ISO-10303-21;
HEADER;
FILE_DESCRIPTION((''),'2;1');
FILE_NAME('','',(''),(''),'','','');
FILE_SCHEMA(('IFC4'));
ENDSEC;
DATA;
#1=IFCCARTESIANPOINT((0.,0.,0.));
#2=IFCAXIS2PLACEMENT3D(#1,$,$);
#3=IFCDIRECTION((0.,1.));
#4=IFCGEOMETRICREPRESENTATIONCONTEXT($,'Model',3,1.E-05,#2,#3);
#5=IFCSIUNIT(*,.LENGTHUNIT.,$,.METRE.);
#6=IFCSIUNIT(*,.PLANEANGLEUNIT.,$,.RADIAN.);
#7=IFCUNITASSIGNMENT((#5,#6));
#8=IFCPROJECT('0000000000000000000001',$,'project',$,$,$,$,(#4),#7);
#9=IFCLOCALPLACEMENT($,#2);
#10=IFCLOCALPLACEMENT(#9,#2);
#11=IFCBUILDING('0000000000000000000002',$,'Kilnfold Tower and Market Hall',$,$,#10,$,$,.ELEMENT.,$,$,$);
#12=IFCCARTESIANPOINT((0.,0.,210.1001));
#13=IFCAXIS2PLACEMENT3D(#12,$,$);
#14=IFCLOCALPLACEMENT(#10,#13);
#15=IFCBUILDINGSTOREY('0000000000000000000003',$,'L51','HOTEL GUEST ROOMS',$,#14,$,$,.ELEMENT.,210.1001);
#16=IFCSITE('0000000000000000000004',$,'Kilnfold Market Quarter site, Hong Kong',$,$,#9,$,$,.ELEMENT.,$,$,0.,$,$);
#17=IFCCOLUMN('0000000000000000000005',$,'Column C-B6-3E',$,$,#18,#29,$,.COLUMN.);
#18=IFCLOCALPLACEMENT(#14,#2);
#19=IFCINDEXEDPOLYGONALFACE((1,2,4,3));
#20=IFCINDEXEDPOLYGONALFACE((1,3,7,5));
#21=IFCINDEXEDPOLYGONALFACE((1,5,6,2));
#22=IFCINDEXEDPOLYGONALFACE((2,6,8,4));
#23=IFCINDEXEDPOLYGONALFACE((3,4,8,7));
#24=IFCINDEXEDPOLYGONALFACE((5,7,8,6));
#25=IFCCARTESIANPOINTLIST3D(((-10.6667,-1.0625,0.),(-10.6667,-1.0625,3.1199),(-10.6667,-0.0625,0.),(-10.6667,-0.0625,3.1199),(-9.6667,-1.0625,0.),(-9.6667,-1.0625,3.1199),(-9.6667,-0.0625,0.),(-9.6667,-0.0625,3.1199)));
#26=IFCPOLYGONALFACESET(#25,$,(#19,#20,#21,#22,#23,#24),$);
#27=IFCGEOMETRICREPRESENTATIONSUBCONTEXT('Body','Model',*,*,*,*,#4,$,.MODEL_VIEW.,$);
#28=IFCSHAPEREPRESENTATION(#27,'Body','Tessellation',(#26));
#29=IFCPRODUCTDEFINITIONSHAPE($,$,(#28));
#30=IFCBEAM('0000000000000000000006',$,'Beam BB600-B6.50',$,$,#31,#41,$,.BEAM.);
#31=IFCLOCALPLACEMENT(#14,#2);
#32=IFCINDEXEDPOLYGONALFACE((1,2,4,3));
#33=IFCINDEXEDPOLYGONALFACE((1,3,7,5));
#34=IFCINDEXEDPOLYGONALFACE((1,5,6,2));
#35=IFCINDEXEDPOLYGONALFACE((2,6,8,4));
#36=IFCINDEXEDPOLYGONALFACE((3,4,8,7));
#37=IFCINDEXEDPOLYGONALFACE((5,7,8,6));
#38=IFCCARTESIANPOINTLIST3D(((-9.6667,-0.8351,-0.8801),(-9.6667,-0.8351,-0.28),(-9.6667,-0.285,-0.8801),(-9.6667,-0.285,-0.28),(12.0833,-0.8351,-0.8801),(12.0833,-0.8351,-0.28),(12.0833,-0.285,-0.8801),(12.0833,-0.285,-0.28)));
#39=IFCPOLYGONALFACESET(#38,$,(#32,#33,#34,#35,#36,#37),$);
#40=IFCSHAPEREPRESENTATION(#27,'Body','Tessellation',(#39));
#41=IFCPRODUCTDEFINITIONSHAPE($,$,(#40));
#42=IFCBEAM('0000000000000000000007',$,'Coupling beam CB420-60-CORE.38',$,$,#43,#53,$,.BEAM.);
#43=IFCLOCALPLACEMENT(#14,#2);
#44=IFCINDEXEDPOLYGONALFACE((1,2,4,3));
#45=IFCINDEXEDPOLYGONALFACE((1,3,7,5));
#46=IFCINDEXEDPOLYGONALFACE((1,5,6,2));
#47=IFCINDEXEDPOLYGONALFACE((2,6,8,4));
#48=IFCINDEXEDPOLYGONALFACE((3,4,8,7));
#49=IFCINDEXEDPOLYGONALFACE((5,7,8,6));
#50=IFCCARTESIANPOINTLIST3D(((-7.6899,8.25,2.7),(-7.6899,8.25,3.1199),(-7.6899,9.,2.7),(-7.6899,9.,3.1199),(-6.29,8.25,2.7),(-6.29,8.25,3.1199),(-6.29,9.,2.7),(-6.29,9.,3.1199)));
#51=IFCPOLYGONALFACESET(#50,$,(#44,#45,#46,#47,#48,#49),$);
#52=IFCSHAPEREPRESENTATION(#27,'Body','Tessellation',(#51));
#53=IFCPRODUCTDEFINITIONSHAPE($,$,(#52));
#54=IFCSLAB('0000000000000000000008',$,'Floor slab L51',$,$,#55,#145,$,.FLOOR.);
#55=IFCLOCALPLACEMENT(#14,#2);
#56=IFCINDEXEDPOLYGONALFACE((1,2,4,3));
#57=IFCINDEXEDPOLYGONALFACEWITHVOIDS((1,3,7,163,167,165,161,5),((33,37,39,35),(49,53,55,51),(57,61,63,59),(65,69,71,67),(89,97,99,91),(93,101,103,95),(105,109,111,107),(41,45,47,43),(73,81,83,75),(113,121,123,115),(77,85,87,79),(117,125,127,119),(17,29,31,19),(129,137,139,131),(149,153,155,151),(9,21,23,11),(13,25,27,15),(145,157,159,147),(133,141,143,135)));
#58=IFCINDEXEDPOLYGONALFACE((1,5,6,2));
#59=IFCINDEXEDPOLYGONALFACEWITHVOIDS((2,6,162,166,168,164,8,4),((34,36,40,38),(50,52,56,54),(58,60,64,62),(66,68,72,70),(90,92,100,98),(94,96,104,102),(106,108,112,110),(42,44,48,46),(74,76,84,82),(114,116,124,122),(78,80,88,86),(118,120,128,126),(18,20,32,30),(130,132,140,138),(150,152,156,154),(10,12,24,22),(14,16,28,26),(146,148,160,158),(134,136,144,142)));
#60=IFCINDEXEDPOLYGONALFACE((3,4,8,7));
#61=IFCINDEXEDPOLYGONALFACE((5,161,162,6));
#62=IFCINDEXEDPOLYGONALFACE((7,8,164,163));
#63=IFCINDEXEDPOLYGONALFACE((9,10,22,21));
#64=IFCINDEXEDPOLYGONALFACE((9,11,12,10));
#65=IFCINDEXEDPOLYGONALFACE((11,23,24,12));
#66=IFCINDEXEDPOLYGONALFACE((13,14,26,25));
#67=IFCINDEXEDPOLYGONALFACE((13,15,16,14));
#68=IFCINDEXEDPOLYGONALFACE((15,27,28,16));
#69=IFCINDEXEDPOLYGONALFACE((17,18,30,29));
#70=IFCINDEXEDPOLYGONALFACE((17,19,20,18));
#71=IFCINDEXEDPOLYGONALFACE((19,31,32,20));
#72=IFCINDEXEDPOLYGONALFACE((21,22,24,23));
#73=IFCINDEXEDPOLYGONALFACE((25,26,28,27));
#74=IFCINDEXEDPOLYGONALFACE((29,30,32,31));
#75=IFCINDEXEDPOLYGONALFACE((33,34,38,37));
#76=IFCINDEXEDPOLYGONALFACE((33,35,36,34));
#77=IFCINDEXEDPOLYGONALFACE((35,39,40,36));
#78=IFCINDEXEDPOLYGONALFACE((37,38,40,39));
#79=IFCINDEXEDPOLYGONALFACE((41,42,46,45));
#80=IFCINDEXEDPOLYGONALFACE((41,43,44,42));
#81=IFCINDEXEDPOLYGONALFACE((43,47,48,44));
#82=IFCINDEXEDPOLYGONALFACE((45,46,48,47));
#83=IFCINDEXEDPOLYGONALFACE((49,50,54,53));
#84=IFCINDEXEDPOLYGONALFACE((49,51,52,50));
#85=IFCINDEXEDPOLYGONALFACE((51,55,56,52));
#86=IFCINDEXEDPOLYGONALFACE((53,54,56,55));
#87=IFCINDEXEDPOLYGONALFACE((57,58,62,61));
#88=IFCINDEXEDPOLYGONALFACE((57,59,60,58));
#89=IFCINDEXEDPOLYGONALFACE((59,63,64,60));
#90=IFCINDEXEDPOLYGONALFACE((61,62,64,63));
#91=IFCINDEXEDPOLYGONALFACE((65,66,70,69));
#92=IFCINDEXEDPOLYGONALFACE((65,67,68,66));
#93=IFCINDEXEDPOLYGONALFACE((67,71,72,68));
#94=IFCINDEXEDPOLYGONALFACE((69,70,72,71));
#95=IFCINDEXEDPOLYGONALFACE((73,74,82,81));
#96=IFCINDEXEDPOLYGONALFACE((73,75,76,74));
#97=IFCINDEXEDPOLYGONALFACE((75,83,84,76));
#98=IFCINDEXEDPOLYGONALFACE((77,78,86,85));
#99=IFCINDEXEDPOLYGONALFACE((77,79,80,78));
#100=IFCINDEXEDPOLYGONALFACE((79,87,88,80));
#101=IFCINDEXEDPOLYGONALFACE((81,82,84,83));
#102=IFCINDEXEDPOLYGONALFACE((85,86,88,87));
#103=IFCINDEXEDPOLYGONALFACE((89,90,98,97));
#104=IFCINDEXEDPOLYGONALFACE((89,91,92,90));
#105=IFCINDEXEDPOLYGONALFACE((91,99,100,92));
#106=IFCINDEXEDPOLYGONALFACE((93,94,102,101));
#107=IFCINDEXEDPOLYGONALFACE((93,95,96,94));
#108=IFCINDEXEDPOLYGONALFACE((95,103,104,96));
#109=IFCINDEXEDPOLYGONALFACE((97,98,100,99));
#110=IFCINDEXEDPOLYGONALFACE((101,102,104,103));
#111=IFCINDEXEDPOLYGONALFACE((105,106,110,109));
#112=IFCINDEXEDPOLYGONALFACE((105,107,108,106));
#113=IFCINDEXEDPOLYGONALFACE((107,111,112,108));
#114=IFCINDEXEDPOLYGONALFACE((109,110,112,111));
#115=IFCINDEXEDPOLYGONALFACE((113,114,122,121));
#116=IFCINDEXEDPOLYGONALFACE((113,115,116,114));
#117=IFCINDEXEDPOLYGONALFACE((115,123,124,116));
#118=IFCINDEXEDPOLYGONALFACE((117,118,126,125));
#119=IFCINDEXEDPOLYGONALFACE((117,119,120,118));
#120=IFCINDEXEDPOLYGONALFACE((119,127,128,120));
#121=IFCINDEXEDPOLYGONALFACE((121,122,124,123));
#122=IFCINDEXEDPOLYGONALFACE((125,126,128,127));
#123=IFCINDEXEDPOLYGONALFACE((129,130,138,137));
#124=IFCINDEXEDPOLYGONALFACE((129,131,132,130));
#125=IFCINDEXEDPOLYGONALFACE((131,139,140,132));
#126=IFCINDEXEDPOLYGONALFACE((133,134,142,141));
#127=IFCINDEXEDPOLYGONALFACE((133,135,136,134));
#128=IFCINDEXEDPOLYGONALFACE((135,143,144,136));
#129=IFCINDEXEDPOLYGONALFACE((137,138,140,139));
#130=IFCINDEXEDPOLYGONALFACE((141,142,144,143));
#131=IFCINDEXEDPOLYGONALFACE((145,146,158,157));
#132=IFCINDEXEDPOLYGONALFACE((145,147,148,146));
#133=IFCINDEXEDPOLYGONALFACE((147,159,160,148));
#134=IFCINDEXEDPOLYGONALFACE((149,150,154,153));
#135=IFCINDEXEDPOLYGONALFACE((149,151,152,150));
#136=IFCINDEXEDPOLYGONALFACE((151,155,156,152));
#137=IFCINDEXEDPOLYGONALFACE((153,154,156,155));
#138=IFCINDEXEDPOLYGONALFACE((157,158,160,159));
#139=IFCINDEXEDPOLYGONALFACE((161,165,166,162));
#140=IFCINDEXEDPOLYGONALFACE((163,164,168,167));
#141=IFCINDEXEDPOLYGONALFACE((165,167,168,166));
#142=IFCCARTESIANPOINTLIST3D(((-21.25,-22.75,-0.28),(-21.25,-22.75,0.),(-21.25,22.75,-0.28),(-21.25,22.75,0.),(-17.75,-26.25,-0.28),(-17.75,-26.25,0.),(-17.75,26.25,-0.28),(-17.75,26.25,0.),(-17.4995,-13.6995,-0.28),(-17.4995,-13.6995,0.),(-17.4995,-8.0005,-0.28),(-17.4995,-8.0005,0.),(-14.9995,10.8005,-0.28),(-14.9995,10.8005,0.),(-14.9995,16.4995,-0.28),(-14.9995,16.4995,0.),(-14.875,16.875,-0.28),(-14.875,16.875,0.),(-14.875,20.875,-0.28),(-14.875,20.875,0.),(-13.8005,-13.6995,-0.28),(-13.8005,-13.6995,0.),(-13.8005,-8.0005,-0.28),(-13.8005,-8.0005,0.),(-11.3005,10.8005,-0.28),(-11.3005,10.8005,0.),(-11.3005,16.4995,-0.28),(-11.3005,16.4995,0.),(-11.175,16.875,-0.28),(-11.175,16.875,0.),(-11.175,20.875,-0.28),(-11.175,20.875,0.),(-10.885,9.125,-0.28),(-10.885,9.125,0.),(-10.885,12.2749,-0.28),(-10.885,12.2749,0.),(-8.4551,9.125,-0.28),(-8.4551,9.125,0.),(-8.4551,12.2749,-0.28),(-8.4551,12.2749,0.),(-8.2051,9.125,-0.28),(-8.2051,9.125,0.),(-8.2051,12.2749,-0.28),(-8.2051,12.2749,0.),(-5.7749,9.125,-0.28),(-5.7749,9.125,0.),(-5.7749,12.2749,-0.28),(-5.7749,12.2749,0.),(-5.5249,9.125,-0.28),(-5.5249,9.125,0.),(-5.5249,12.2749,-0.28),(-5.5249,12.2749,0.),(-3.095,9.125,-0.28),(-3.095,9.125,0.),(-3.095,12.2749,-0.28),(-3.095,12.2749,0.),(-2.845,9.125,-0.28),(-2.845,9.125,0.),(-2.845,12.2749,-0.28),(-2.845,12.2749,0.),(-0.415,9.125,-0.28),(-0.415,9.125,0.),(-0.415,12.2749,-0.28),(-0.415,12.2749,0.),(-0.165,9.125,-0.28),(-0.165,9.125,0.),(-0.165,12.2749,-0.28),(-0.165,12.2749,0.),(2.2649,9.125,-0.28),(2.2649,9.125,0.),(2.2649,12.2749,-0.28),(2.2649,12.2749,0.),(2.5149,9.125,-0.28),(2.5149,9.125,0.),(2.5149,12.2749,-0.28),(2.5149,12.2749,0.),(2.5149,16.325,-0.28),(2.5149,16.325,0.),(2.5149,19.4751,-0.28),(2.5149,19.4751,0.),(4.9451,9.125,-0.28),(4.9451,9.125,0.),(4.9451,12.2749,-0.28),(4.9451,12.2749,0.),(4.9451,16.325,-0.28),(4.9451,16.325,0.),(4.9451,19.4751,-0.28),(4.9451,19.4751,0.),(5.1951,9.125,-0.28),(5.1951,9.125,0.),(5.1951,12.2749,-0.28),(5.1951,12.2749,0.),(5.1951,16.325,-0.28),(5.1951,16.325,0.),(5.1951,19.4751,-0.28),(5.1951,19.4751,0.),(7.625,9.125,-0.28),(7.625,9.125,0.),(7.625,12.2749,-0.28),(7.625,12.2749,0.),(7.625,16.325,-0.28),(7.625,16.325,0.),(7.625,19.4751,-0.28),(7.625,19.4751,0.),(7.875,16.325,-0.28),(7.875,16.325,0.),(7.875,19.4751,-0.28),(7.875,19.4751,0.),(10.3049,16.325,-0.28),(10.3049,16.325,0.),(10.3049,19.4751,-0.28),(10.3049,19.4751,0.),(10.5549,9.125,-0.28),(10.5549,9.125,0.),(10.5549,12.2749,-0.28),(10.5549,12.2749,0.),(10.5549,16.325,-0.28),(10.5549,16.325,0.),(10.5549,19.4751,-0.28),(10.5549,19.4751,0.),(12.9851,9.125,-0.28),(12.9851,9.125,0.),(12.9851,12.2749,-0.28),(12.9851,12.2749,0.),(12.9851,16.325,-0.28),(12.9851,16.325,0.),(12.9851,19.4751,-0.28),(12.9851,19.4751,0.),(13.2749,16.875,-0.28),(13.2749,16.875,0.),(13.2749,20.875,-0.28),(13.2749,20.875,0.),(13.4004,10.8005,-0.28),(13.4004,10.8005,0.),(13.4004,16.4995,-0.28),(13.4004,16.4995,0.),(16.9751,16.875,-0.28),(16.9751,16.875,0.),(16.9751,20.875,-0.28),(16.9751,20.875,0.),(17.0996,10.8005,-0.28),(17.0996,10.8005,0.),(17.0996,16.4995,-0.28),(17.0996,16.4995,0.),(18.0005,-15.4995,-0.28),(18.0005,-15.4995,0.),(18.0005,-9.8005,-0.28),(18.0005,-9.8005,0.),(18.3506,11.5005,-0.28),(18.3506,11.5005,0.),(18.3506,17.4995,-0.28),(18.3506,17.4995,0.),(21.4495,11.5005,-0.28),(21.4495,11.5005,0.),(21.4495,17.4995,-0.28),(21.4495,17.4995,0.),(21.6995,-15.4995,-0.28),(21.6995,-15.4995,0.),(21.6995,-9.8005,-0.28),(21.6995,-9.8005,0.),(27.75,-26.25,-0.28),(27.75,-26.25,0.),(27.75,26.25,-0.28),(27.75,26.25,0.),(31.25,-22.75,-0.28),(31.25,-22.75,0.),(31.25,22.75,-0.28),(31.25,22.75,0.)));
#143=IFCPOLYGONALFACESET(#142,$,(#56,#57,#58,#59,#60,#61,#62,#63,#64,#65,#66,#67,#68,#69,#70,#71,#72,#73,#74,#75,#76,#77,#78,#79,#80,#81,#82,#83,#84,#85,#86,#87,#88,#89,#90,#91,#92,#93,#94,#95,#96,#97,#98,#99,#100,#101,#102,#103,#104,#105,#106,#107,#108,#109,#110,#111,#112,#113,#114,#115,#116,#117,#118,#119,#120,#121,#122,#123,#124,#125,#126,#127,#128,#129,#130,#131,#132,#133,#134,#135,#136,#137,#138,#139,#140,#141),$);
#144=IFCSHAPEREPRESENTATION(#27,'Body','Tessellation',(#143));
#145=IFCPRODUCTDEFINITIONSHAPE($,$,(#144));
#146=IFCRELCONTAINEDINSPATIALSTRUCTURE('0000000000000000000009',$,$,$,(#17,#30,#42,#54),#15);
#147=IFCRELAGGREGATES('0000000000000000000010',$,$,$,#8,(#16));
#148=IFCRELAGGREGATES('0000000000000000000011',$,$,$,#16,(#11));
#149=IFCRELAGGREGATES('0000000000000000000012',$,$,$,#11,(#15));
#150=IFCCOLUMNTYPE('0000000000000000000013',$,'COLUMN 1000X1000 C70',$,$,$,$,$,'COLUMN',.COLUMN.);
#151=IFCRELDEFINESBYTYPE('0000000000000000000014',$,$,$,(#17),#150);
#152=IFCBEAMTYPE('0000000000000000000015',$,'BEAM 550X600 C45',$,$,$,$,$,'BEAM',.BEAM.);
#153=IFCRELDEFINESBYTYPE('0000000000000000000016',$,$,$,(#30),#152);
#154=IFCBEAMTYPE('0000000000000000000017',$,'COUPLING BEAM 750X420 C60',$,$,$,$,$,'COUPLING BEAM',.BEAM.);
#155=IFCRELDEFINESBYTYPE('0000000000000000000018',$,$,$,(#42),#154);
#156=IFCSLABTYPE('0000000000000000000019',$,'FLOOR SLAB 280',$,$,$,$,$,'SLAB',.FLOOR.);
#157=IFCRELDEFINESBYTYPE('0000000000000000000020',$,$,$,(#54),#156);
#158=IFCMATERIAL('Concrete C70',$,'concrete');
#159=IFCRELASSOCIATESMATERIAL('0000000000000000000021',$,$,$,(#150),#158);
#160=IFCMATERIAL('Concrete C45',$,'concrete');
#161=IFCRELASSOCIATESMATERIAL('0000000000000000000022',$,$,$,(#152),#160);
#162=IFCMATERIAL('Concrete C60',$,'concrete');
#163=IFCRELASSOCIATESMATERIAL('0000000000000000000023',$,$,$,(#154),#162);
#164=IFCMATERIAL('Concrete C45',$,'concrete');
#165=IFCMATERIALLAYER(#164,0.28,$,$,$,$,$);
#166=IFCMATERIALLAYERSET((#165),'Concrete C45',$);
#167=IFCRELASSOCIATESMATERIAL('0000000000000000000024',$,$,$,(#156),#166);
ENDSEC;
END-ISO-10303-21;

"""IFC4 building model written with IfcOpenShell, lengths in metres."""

from ifc_helpers import new_model, si_unit, direction, frame, origin, origin_2d, place, context, subcontext, project, spatial, polyline, rectangle, outline, extrude, source, transform, mapped, material, layer, layer_set, material_profile, profile_set, type_object, element, save


model = new_model("IFC4")

# Units and contexts
model_context = context("Model", 3, precision=1e-05, world=origin(), true_north=direction((0.0, 1.0)))
body_context = subcontext(model_context, "Body", "Model", "MODEL_VIEW")
ifc_project = project(units=[si_unit("LENGTHUNIT", "METRE"), si_unit("PLANEANGLEUNIT", "RADIAN")], contexts=[model_context])

# Site, building, storey
site_placement = place(None, origin())
site = spatial("IfcSite", under=ifc_project, at=site_placement, Name="Kilnfold Market Quarter site, Hong Kong", CompositionType="ELEMENT", RefElevation=0.0)
building_placement = place(site_placement, origin())
building = spatial("IfcBuilding", under=site, at=building_placement, Name="Kilnfold Tower and Market Hall", CompositionType="ELEMENT")
storey_placement = place(building_placement, frame((0.0, 0.0, 210.1001)))
storey = spatial("IfcBuildingStorey", under=building, at=storey_placement, Name="L51", Description="HOTEL GUEST ROOMS", CompositionType="ELEMENT", Elevation=210.1001)

# Column
ifc_material_1 = material(Name="Concrete C70", Category="concrete")
ifc_material_profile_1 = material_profile(ifc_material_1, rectangle(XDim=1.0, YDim=1.0, at=origin_2d()), Name="RC 1000x1000")
ifc_profile_set_1 = profile_set([ifc_material_profile_1], Name="Concrete C70")
column_type = type_object("IfcColumnType", Name="COLUMN 1000X1000 C70", ElementType="COLUMN", PredefinedType="COLUMN", material=ifc_profile_set_1)
shared_shape_1 = source(origin(), body_context, "Body", "SweptSolid", [
    extrude(rectangle(XDim=1.0, YDim=1.0, at=origin_2d()), origin(), (0.0, 0.0, 1.0), 3.1199),
])
column_placement = place(storey_placement, frame((-10.1667, -0.5625, 0.0), z_axis=(0.0, 0.0, 1.0), x_axis=(1.0, 0.0, 0.0)))
element("IfcColumn", 1, at=column_placement, inside=storey, type_object=column_type, Name="Column C-B6-3E", PredefinedType="COLUMN", context=body_context, shape_type="MappedRepresentation", body=[
    mapped(shared_shape_1, transform((0.0, 0.0, 0.0))),
])

# Beams
ifc_material_2 = material(Name="Concrete C45", Category="concrete")
ifc_material_profile_2 = material_profile(ifc_material_2, rectangle(XDim=0.55, YDim=0.6001, at=origin_2d()), Name="RC 550x600")
ifc_profile_set_2 = profile_set([ifc_material_profile_2], Name="Concrete C45")
beam_type_1 = type_object("IfcBeamType", Name="BEAM 550X600 C45", ElementType="BEAM", PredefinedType="BEAM", material=ifc_profile_set_2)
shared_shape_2 = source(origin(), body_context, "Body", "SweptSolid", [
    extrude(rectangle(XDim=0.55, YDim=0.6001, at=origin_2d()), origin(), (0.0, 0.0, 1.0), 21.75),
])
beam_1_placement = place(storey_placement, frame((-9.6667, -0.5601, -0.5801), z_axis=(1.0, 0.0, 0.0), x_axis=(0.0, 1.0, 0.0)))
element("IfcBeam", 2, at=beam_1_placement, inside=storey, type_object=beam_type_1, Name="Beam BB600-B6.50", PredefinedType="BEAM", context=body_context, shape_type="MappedRepresentation", body=[
    mapped(shared_shape_2, transform((0.0, 0.0, 0.0))),
])
ifc_material_3 = material(Name="Concrete C60", Category="concrete")
ifc_material_profile_3 = material_profile(ifc_material_3, rectangle(XDim=0.75, YDim=0.4199, at=origin_2d()), Name="RC 750x420")
ifc_profile_set_3 = profile_set([ifc_material_profile_3], Name="Concrete C60")
beam_type_2 = type_object("IfcBeamType", Name="COUPLING BEAM 750X420 C60", ElementType="COUPLING BEAM", PredefinedType="BEAM", material=ifc_profile_set_3)
shared_shape_3 = source(origin(), body_context, "Body", "SweptSolid", [
    extrude(rectangle(XDim=0.75, YDim=0.4199, at=origin_2d()), origin(), (0.0, 0.0, 1.0), 1.3999),
])
beam_2_placement = place(storey_placement, frame((-7.6899, 8.625, 2.9099), z_axis=(1.0, 0.0, 0.0), x_axis=(0.0, 1.0, 0.0)))
element("IfcBeam", 3, at=beam_2_placement, inside=storey, type_object=beam_type_2, Name="Coupling beam CB420-60-CORE.38", PredefinedType="BEAM", context=body_context, shape_type="MappedRepresentation", body=[
    mapped(shared_shape_3, transform((0.0, 0.0, 0.0))),
])

# Slab
ifc_material_4 = material(Name="Concrete C45", Category="concrete")
ifc_layer_1 = layer(ifc_material_4, 0.28)
ifc_layer_set_1 = layer_set([ifc_layer_1], Name="Concrete C45")
slab_type_1 = type_object("IfcSlabType", Name="FLOOR SLAB 280", ElementType="SLAB", PredefinedType="FLOOR", material=ifc_layer_set_1)
shared_shape_4 = source(origin(), body_context, "Body", "SweptSolid", [
    extrude(outline(polyline([(-17.75, -26.25), (27.75, -26.25), (31.25, -22.75), (31.25, 22.75), (27.75, 26.25), (-17.75, 26.25), (-21.25, 22.75), (-21.25, -22.75), (-17.75, -26.25)]), holes=[polyline([(-13.8005, -13.6995), (-17.4995, -13.6995), (-17.4995, -8.0005), (-13.8005, -8.0005), (-13.8005, -13.6995)]), polyline([(-14.9995, 10.8005), (-14.9995, 16.4995), (-11.3005, 16.4995), (-11.3005, 10.8005), (-14.9995, 10.8005)]), polyline([(-11.175, 16.875), (-14.875, 16.875), (-14.875, 20.875), (-11.175, 20.875), (-11.175, 16.875)]), polyline([(-8.4551, 9.125), (-10.885, 9.125), (-10.885, 12.2749), (-8.4551, 12.2749), (-8.4551, 9.125)]), polyline([(-5.7749, 9.125), (-8.2051, 9.125), (-8.2051, 12.2749), (-5.7749, 12.2749), (-5.7749, 9.125)]), polyline([(-3.095, 9.125), (-5.5249, 9.125), (-5.5249, 12.2749), (-3.095, 12.2749), (-3.095, 9.125)]), polyline([(-0.415, 9.125), (-2.845, 9.125), (-2.845, 12.2749), (-0.415, 12.2749), (-0.415, 9.125)]), polyline([(2.2649, 9.125), (-0.165, 9.125), (-0.165, 12.2749), (2.2649, 12.2749), (2.2649, 9.125)]), polyline([(4.9451, 9.125), (2.5149, 9.125), (2.5149, 12.2749), (4.9451, 12.2749), (4.9451, 9.125)]), polyline([(2.5149, 16.325), (2.5149, 19.4751), (4.9451, 19.4751), (4.9451, 16.325), (2.5149, 16.325)]), polyline([(7.625, 9.125), (5.1951, 9.125), (5.1951, 12.2749), (7.625, 12.2749), (7.625, 9.125)]), polyline([(7.625, 16.325), (5.1951, 16.325), (5.1951, 19.4751), (7.625, 19.4751), (7.625, 16.325)]), polyline([(10.3049, 16.325), (7.875, 16.325), (7.875, 19.4751), (10.3049, 19.4751), (10.3049, 16.325)]), polyline([(10.5549, 9.125), (10.5549, 12.2749), (12.9851, 12.2749), (12.9851, 9.125), (10.5549, 9.125)]), polyline([(10.5549, 16.325), (10.5549, 19.4751), (12.9851, 19.4751), (12.9851, 16.325), (10.5549, 16.325)]), polyline([(13.2749, 16.875), (13.2749, 20.875), (16.9751, 20.875), (16.9751, 16.875), (13.2749, 16.875)]), polyline([(13.4004, 10.8005), (13.4004, 16.4995), (17.0996, 16.4995), (17.0996, 10.8005), (13.4004, 10.8005)]), polyline([(18.0005, -9.8005), (21.6995, -9.8005), (21.6995, -15.4995), (18.0005, -15.4995), (18.0005, -9.8005)]), polyline([(21.4495, 11.5005), (18.3506, 11.5005), (18.3506, 17.4995), (21.4495, 17.4995), (21.4495, 11.5005)])]), origin(), (0.0, 0.0, 1.0), 0.28),
])
slab_1_placement = place(storey_placement, frame((0.0, 0.0, -0.28)))
element("IfcSlab", 4, at=slab_1_placement, inside=storey, type_object=slab_type_1, Name="Floor slab L51", PredefinedType="FLOOR", context=body_context, shape_type="MappedRepresentation", body=[
    mapped(shared_shape_4, transform((0.0, 0.0, 0.0))),
])

save(model, "model.ifc")
